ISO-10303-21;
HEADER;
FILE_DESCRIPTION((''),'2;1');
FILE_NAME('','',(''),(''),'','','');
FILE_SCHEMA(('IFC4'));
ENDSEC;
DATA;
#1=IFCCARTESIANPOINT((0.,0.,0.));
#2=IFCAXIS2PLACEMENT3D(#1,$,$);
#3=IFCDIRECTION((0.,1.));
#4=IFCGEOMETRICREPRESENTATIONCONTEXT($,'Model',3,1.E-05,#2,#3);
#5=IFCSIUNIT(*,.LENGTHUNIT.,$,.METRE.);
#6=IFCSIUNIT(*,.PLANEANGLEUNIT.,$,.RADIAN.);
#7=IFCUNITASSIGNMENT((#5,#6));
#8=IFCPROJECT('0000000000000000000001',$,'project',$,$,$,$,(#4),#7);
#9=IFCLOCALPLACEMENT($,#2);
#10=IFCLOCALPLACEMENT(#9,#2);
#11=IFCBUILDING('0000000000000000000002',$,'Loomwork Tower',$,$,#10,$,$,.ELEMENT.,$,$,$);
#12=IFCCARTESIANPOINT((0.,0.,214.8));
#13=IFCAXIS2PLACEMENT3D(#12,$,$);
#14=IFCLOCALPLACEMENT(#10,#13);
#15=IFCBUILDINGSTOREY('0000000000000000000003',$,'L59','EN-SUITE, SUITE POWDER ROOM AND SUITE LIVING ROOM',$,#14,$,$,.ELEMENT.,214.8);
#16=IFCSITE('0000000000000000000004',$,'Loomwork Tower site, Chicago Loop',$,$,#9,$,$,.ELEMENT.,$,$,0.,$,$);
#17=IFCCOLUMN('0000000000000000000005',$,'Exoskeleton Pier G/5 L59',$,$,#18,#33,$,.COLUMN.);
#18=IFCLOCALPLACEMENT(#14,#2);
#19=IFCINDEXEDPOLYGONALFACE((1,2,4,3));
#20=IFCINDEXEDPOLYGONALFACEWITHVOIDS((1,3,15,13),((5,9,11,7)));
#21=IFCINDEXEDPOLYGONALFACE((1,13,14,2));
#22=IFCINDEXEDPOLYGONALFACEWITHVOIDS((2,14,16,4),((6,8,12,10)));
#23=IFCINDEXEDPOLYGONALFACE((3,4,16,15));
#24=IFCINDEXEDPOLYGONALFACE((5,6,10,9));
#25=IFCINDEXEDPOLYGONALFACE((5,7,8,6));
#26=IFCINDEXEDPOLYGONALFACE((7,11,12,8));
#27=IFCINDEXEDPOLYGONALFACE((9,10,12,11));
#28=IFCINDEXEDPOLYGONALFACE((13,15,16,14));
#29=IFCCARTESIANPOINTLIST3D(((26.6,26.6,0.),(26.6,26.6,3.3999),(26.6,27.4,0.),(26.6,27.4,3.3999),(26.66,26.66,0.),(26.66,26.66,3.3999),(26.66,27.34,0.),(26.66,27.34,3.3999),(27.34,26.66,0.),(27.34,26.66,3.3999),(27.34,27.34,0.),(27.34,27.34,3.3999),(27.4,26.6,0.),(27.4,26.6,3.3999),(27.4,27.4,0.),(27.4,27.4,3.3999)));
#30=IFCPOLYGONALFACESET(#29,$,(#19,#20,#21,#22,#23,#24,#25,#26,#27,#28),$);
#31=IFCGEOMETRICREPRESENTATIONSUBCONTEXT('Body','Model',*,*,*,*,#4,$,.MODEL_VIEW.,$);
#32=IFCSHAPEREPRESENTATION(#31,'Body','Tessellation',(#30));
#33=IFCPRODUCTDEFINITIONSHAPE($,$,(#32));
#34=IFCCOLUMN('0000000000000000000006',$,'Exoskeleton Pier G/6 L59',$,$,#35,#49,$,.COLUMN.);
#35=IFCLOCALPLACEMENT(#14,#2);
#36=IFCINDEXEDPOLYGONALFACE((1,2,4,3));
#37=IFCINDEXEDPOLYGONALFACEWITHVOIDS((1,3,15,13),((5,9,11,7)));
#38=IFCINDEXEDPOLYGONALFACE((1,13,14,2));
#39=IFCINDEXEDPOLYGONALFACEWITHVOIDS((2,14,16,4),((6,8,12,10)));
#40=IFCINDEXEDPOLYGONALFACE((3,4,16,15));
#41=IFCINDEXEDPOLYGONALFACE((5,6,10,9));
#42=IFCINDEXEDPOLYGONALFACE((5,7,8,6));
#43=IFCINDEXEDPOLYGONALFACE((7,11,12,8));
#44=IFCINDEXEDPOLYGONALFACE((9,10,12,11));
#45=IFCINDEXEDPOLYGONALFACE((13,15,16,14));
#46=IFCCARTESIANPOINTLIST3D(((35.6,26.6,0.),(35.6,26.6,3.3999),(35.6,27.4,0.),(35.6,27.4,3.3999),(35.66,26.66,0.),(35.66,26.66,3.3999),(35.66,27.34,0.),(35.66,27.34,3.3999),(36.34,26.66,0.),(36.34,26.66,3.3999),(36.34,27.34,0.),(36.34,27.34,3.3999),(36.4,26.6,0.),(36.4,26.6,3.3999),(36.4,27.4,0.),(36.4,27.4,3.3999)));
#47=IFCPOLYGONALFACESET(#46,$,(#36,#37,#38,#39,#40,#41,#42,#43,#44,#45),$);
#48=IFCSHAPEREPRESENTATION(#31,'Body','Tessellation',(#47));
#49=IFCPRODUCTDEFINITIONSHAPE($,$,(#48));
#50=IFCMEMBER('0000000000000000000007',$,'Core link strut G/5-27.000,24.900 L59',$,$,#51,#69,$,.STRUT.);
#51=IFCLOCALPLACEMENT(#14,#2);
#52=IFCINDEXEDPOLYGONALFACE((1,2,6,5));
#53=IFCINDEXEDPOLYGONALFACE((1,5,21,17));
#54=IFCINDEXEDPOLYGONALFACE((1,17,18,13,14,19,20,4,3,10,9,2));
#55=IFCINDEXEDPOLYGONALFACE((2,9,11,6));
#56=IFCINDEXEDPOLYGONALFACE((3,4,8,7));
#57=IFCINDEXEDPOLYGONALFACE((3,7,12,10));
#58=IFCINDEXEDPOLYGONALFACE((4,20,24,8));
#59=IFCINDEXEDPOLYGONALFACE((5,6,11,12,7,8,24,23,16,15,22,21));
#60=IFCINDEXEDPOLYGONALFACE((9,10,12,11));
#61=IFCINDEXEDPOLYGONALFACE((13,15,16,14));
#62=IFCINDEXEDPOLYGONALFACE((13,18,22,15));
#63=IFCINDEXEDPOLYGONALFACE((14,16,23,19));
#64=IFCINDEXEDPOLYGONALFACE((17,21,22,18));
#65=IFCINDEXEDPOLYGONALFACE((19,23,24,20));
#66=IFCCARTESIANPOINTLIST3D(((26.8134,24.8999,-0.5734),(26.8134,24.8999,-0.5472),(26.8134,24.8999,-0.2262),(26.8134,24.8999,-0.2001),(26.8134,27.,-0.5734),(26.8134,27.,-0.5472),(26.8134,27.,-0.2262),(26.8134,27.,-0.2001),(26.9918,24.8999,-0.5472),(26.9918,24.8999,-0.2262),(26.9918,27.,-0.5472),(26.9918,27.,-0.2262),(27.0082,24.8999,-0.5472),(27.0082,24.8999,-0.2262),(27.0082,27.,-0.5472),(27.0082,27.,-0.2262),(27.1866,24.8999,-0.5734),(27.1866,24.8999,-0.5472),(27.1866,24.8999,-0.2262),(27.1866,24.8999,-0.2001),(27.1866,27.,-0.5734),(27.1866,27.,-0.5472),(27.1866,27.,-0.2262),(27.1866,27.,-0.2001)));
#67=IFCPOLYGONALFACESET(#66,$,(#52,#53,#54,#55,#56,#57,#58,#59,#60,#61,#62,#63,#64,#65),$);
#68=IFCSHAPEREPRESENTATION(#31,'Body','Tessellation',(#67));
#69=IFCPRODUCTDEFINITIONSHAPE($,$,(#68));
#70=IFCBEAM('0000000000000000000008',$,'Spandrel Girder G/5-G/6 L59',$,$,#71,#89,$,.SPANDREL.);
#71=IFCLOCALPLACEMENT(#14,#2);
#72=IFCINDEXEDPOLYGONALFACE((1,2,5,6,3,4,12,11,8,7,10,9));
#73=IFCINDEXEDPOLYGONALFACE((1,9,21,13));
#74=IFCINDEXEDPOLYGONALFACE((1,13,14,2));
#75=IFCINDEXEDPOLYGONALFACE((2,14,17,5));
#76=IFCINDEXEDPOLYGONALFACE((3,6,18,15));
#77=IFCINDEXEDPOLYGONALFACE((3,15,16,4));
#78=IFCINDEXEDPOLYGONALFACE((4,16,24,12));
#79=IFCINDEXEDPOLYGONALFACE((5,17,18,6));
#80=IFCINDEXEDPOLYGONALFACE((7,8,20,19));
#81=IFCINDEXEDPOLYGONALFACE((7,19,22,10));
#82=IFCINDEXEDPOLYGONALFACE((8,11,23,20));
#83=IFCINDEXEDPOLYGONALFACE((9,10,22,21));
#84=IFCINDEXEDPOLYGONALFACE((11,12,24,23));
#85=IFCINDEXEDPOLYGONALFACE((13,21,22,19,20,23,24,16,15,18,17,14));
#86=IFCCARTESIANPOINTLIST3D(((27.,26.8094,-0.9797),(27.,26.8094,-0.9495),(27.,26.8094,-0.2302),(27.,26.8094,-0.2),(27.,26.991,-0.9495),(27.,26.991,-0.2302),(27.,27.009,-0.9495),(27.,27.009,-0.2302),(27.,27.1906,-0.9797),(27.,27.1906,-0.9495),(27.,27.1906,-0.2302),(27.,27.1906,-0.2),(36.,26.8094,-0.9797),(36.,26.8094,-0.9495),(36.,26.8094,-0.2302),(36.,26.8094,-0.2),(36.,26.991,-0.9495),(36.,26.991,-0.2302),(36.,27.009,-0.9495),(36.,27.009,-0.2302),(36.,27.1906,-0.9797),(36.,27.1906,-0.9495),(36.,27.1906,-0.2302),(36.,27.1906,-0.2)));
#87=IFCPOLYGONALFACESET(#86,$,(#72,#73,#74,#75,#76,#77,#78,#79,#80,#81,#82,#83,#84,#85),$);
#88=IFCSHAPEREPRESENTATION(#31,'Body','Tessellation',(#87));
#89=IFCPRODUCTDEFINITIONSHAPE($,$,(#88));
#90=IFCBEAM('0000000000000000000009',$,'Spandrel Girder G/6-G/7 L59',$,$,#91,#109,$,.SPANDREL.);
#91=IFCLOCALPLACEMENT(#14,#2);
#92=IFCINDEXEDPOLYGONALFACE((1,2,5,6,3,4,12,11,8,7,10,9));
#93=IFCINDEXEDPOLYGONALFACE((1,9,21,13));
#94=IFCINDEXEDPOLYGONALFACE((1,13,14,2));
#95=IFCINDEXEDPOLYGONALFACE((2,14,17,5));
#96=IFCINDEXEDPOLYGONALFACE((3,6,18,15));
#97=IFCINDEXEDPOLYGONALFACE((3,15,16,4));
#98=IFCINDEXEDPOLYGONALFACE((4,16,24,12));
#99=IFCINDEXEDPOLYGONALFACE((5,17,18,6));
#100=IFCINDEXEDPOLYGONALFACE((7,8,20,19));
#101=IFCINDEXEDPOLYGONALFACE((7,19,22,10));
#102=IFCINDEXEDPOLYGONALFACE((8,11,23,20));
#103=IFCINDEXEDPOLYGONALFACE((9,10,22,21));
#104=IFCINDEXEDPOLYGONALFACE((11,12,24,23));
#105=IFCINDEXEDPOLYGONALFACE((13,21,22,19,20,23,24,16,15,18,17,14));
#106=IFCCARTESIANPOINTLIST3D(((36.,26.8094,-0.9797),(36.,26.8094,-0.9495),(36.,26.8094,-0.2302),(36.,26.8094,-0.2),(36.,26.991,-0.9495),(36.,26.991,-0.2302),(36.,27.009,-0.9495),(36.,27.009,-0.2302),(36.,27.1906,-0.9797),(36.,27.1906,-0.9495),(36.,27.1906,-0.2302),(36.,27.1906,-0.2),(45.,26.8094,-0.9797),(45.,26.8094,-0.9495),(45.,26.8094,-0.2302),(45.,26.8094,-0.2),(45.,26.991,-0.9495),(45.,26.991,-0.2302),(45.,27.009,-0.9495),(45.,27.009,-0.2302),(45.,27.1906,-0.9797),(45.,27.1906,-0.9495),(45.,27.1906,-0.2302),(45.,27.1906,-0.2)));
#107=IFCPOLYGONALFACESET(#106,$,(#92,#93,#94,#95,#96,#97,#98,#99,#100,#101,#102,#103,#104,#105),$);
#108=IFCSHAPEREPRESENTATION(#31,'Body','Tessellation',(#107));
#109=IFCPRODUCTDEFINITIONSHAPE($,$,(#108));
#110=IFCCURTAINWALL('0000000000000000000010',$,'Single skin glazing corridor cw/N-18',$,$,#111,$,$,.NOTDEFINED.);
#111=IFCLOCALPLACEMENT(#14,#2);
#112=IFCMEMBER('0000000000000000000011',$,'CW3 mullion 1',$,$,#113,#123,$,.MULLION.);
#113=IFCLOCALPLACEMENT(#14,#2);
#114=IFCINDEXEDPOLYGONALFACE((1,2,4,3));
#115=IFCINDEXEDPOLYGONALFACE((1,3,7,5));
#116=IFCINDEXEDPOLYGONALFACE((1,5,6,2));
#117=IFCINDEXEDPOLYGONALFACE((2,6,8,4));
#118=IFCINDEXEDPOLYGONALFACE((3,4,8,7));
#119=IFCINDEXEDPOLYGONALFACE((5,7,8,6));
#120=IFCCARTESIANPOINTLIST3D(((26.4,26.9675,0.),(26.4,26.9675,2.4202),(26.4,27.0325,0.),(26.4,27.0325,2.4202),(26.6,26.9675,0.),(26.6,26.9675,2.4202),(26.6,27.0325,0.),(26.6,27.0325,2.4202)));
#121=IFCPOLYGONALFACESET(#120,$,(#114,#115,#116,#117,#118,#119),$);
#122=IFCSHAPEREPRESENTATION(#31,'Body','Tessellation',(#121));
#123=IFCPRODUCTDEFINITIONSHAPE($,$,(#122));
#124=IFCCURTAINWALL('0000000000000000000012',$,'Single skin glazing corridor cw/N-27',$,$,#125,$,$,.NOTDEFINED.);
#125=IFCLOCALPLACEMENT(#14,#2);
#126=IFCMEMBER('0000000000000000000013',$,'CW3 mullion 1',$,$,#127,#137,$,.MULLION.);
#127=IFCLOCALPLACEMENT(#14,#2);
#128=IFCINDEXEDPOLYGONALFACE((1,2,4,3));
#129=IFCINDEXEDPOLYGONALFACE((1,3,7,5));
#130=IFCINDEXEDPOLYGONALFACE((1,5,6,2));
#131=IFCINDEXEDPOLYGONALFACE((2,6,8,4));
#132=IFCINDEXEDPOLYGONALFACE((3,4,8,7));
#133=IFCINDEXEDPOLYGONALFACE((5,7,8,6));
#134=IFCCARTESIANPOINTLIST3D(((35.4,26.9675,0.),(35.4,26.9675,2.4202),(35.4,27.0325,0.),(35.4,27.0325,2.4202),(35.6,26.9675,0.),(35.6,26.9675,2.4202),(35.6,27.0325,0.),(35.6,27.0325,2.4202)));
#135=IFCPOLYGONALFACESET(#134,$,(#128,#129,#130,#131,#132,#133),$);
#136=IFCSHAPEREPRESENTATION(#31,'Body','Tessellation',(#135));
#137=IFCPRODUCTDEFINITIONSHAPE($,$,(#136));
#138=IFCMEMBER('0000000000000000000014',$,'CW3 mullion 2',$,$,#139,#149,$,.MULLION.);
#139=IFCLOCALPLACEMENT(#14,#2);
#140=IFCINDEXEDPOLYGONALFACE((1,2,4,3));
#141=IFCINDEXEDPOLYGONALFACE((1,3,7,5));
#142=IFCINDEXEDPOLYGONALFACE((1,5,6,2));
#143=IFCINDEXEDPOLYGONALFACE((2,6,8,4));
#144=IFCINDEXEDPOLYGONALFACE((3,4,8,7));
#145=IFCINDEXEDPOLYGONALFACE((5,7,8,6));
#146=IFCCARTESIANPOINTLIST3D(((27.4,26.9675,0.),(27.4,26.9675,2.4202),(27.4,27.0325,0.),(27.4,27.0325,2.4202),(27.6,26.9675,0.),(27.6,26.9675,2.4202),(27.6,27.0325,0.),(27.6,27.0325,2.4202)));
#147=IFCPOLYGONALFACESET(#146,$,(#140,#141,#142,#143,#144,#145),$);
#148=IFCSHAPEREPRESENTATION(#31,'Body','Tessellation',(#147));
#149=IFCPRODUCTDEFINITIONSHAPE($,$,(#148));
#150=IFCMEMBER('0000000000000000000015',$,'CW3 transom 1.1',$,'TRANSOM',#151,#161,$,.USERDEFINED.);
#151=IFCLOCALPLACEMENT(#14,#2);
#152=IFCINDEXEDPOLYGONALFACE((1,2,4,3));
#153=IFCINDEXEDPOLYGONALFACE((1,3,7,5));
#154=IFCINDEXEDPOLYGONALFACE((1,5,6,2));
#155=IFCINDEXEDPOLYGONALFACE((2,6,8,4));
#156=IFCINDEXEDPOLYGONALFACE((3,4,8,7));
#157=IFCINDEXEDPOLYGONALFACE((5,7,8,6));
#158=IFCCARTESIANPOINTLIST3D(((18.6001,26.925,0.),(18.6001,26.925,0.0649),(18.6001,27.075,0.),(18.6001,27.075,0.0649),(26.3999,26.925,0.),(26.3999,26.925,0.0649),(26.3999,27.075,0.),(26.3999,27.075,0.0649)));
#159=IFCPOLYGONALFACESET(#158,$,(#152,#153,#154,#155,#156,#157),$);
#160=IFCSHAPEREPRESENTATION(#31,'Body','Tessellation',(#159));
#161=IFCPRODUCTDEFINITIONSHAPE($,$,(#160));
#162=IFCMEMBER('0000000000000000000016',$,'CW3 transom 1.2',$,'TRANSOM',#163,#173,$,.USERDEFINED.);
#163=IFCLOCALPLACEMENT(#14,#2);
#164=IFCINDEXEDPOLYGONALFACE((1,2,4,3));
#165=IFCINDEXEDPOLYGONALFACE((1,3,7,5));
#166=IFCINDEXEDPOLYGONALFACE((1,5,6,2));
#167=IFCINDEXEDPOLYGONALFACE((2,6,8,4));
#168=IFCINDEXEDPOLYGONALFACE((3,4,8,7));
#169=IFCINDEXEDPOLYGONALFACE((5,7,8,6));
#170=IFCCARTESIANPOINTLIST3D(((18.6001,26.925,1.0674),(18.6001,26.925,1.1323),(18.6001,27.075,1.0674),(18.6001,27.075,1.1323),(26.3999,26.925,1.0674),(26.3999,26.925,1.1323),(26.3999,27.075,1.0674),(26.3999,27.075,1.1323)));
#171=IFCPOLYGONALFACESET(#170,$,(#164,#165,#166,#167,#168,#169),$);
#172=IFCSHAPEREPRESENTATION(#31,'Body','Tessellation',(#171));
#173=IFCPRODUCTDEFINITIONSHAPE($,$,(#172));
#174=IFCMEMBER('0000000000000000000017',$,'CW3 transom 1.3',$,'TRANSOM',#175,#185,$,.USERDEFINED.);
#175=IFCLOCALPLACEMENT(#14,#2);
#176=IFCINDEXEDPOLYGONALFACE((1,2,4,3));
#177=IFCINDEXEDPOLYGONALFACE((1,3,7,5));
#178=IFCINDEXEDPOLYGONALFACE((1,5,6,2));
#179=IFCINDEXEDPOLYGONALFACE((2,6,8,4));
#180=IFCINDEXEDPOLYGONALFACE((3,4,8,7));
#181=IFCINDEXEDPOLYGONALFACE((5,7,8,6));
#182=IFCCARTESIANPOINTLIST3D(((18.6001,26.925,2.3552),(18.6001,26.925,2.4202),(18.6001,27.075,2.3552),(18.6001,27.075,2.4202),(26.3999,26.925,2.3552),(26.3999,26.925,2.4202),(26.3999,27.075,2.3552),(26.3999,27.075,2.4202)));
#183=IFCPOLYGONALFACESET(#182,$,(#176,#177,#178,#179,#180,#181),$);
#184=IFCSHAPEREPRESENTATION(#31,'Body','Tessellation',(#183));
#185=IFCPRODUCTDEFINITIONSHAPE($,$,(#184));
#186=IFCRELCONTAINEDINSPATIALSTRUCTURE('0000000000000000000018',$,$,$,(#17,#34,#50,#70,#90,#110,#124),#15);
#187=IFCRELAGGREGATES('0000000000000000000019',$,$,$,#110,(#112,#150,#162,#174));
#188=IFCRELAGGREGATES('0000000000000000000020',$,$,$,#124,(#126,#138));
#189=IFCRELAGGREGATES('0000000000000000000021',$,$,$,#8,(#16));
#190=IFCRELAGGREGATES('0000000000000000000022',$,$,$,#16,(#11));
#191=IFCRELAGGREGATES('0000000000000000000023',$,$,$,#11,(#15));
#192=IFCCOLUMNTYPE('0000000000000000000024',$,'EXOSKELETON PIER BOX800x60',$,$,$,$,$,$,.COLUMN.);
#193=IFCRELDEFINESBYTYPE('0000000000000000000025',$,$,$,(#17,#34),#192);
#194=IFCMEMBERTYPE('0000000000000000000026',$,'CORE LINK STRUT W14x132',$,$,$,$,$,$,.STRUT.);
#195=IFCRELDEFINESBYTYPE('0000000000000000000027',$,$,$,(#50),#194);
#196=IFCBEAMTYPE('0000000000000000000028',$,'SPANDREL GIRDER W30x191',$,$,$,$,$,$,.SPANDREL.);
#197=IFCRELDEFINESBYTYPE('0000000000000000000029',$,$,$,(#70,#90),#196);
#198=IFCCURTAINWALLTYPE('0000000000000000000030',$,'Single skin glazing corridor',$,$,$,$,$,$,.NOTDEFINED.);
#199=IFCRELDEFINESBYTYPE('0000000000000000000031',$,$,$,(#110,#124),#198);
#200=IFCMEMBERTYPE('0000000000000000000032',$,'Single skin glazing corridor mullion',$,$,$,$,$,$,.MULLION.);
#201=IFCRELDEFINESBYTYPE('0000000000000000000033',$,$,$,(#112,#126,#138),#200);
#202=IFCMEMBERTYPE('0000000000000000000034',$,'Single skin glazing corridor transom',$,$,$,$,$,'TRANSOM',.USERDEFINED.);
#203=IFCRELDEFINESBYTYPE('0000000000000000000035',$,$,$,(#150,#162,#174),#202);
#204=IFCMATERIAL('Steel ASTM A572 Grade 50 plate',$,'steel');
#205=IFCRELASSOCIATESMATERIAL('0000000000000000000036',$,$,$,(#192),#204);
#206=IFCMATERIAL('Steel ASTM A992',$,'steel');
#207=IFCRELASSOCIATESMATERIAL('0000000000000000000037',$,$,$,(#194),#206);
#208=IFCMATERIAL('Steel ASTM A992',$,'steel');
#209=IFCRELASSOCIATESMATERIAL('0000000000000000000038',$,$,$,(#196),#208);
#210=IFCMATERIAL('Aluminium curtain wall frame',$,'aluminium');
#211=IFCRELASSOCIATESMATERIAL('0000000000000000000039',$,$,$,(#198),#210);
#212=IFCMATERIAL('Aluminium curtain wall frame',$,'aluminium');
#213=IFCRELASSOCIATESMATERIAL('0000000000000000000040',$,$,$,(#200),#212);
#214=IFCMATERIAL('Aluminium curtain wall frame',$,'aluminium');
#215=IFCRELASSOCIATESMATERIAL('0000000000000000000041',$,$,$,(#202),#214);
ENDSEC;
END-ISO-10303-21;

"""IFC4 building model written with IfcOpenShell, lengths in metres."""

from ifc_helpers import new_model, si_unit, direction, frame, origin, origin_2d, place, context, subcontext, project, spatial, rectangle, hollow_rectangle, i_section, extrude, material, material_profile, profile_set, type_object, element, aggregate, save


model = new_model("IFC4")

# Units and contexts
model_context = context("Model", 3, precision=1e-05, world=origin(), true_north=direction((0.0, 1.0)))
body_context = subcontext(model_context, "Body", "Model", "MODEL_VIEW")
ifc_project = project(units=[si_unit("LENGTHUNIT", "METRE"), si_unit("PLANEANGLEUNIT", "RADIAN")], contexts=[model_context])

# Site, building, storey
site_placement = place(None, origin())
site = spatial("IfcSite", under=ifc_project, at=site_placement, Name="Loomwork Tower site, Chicago Loop", CompositionType="ELEMENT", RefElevation=0.0)
building_placement = place(site_placement, origin())
building = spatial("IfcBuilding", under=site, at=building_placement, Name="Loomwork Tower", CompositionType="ELEMENT")
storey_placement = place(building_placement, frame((0.0, 0.0, 214.8)))
storey = spatial("IfcBuildingStorey", under=building, at=storey_placement, Name="L59", Description="EN-SUITE, SUITE POWDER ROOM AND SUITE LIVING ROOM", CompositionType="ELEMENT", Elevation=214.8)

# Columns
ifc_material_1 = material(Name="Steel ASTM A572 Grade 50 plate", Category="steel")
ifc_material_profile_1 = material_profile(ifc_material_1, hollow_rectangle(XDim=0.8, YDim=0.8, WallThickness=0.0601, at=origin_2d()), Name="BOX800x60")
ifc_profile_set_1 = profile_set([ifc_material_profile_1], Name="Steel ASTM A572 Grade 50 plate")
column_type = type_object("IfcColumnType", Name="EXOSKELETON PIER BOX800x60", PredefinedType="COLUMN", material=ifc_profile_set_1)
for number, where, z_axis, x_axis, name in (
    (1, (27.0, 27.0, 0.0), (0.0, 0.0, 1.0), (1.0, 0.0, 0.0), "Exoskeleton Pier G/5 L59"),
    (2, (36.0, 27.0, 0.0), (0.0, 0.0, 1.0), (1.0, 0.0, 0.0), "Exoskeleton Pier G/6 L59"),
):
    element("IfcColumn", number, at=place(storey_placement, frame(where, z_axis=z_axis, x_axis=x_axis)), inside=storey, type_object=column_type, Name=name, PredefinedType="COLUMN", context=body_context, shape_type="SweptSolid", body=[
        extrude(hollow_rectangle(XDim=0.8, YDim=0.8, WallThickness=0.0601, at=origin_2d()), origin(), (0.0, 0.0, 1.0), 3.3999),
    ])

# Member
ifc_material_2 = material(Name="Steel ASTM A992", Category="steel")
ifc_material_profile_2 = material_profile(ifc_material_2, i_section(OverallWidth=0.3733, OverallDepth=0.3733, WebThickness=0.0164, FlangeThickness=0.0261, at=origin_2d()), Name="W14x132")
ifc_profile_set_2 = profile_set([ifc_material_profile_2], Name="Steel ASTM A992")
member_type_1 = type_object("IfcMemberType", Name="CORE LINK STRUT W14x132", PredefinedType="STRUT", material=ifc_profile_set_2)
member_1_placement = place(storey_placement, frame((27.0, 27.0, -0.3867), z_axis=(0.0, -1.0, 0.0), x_axis=(1.0, 0.0, 0.0)))
element("IfcMember", 3, at=member_1_placement, inside=storey, type_object=member_type_1, Name="Core link strut G/5-27.000,24.900 L59", PredefinedType="STRUT", context=body_context, shape_type="SweptSolid", body=[
    extrude(i_section(OverallWidth=0.3733, OverallDepth=0.3733, WebThickness=0.0164, FlangeThickness=0.0261, at=origin_2d()), origin(), (0.0, 0.0, 1.0), 2.1001),
])

# Beams
ifc_material_3 = material(Name="Steel ASTM A992", Category="steel")
ifc_material_profile_3 = material_profile(ifc_material_3, i_section(OverallWidth=0.3811, OverallDepth=0.7798, WebThickness=0.0181, FlangeThickness=0.0303, at=origin_2d()), Name="W30x191")
ifc_profile_set_3 = profile_set([ifc_material_profile_3], Name="Steel ASTM A992")
beam_type = type_object("IfcBeamType", Name="SPANDREL GIRDER W30x191", PredefinedType="SPANDREL", material=ifc_profile_set_3)
for number, where, z_axis, x_axis, name in (
    (4, (27.0, 27.0, -0.5898), (1.0, 0.0, 0.0), (0.0, 1.0, 0.0), "Spandrel Girder G/5-G/6 L59"),
    (5, (36.0, 27.0, -0.5898), (1.0, 0.0, 0.0), (0.0, 1.0, 0.0), "Spandrel Girder G/6-G/7 L59"),
):
    element("IfcBeam", number, at=place(storey_placement, frame(where, z_axis=z_axis, x_axis=x_axis)), inside=storey, type_object=beam_type, Name=name, PredefinedType="SPANDREL", context=body_context, shape_type="SweptSolid", body=[
        extrude(i_section(OverallWidth=0.3811, OverallDepth=0.7798, WebThickness=0.0181, FlangeThickness=0.0303, at=origin_2d()), origin(), (0.0, 0.0, 1.0), 9.0),
    ])

# Curtain wall, member
ifc_material_4 = material(Name="Aluminium curtain wall frame", Category="aluminium")
curtain_wall_type = type_object("IfcCurtainWallType", Name="Single skin glazing corridor", PredefinedType="NOTDEFINED", material=ifc_material_4)
curtain_wall_1_placement = place(storey_placement, origin())
curtain_wall_1 = element("IfcCurtainWall", 6, at=curtain_wall_1_placement, inside=storey, type_object=curtain_wall_type, Name="Single skin glazing corridor cw/N-18", PredefinedType="NOTDEFINED")
ifc_material_5 = material(Name="Aluminium curtain wall frame", Category="aluminium")
ifc_material_profile_4 = material_profile(ifc_material_5, rectangle(XDim=0.0649, YDim=0.2, at=origin_2d()), Name="AL 65x200")
ifc_profile_set_4 = profile_set([ifc_material_profile_4], Name="Aluminium curtain wall frame")
member_type_2 = type_object("IfcMemberType", Name="Single skin glazing corridor mullion", PredefinedType="MULLION", material=ifc_profile_set_4)
member_2_placement = place(storey_placement, frame((26.5, 27.0, 0.0), z_axis=(0.0, 0.0, 1.0), x_axis=(0.0, -1.0, 0.0)))
member_2 = element("IfcMember", 7, at=member_2_placement, type_object=member_type_2, Name="CW3 mullion 1", PredefinedType="MULLION", context=body_context, shape_type="SweptSolid", body=[
    extrude(rectangle(XDim=0.0649, YDim=0.2, at=origin_2d()), origin(), (0.0, 0.0, 1.0), 2.4202),
])

# Curtain wall, members
curtain_wall_2_placement = place(storey_placement, origin())
curtain_wall_2 = element("IfcCurtainWall", 8, at=curtain_wall_2_placement, inside=storey, type_object=curtain_wall_type, Name="Single skin glazing corridor cw/N-27", PredefinedType="NOTDEFINED")
member_3_placement = place(storey_placement, frame((35.5, 27.0, 0.0), z_axis=(0.0, 0.0, 1.0), x_axis=(0.0, -1.0, 0.0)))
member_3 = element("IfcMember", 9, at=member_3_placement, type_object=member_type_2, Name="CW3 mullion 1", PredefinedType="MULLION", context=body_context, shape_type="SweptSolid", body=[
    extrude(rectangle(XDim=0.0649, YDim=0.2, at=origin_2d()), origin(), (0.0, 0.0, 1.0), 2.4202),
])
member_4_placement = place(storey_placement, frame((27.5, 27.0, 0.0), z_axis=(0.0, 0.0, 1.0), x_axis=(0.0, -1.0, 0.0)))
member_4 = element("IfcMember", 10, at=member_4_placement, type_object=member_type_2, Name="CW3 mullion 2", PredefinedType="MULLION", context=body_context, shape_type="SweptSolid", body=[
    extrude(rectangle(XDim=0.0649, YDim=0.2, at=origin_2d()), origin(), (0.0, 0.0, 1.0), 2.4202),
])

# Members
ifc_material_6 = material(Name="Aluminium curtain wall frame", Category="aluminium")
ifc_material_profile_5 = material_profile(ifc_material_6, rectangle(XDim=0.1499, YDim=0.0649, at=origin_2d()), Name="AL 65x150")
ifc_profile_set_5 = profile_set([ifc_material_profile_5], Name="Aluminium curtain wall frame")
member_type_3 = type_object("IfcMemberType", Name="Single skin glazing corridor transom", ElementType="TRANSOM", PredefinedType="USERDEFINED", material=ifc_profile_set_5)
member_5_placement = place(storey_placement, frame((26.3999, 27.0, 0.0325), z_axis=(-1.0, 0.0, 0.0), x_axis=(0.0, -1.0, 0.0)))
member_5 = element("IfcMember", 11, at=member_5_placement, type_object=member_type_3, Name="CW3 transom 1.1", ObjectType="TRANSOM", PredefinedType="USERDEFINED", context=body_context, shape_type="SweptSolid", body=[
    extrude(rectangle(XDim=0.1499, YDim=0.0649, at=origin_2d()), origin(), (0.0, 0.0, 1.0), 7.7998),
])
member_6_placement = place(storey_placement, frame((26.3999, 27.0, 1.0999), z_axis=(-1.0, 0.0, 0.0), x_axis=(0.0, -1.0, 0.0)))
member_6 = element("IfcMember", 12, at=member_6_placement, type_object=member_type_3, Name="CW3 transom 1.2", ObjectType="TRANSOM", PredefinedType="USERDEFINED", context=body_context, shape_type="SweptSolid", body=[
    extrude(rectangle(XDim=0.1499, YDim=0.0649, at=origin_2d()), origin(), (0.0, 0.0, 1.0), 7.7998),
])
member_7_placement = place(storey_placement, frame((26.3999, 27.0, 2.3877), z_axis=(-1.0, 0.0, 0.0), x_axis=(0.0, -1.0, 0.0)))
member_7 = element("IfcMember", 13, at=member_7_placement, type_object=member_type_3, Name="CW3 transom 1.3", ObjectType="TRANSOM", PredefinedType="USERDEFINED", context=body_context, shape_type="SweptSolid", body=[
    extrude(rectangle(XDim=0.1499, YDim=0.0649, at=origin_2d()), origin(), (0.0, 0.0, 1.0), 7.7998),
])

aggregate(curtain_wall_1, [member_2, member_5, member_6, member_7])
aggregate(curtain_wall_2, [member_3, member_4])

save(model, "model.ifc")
